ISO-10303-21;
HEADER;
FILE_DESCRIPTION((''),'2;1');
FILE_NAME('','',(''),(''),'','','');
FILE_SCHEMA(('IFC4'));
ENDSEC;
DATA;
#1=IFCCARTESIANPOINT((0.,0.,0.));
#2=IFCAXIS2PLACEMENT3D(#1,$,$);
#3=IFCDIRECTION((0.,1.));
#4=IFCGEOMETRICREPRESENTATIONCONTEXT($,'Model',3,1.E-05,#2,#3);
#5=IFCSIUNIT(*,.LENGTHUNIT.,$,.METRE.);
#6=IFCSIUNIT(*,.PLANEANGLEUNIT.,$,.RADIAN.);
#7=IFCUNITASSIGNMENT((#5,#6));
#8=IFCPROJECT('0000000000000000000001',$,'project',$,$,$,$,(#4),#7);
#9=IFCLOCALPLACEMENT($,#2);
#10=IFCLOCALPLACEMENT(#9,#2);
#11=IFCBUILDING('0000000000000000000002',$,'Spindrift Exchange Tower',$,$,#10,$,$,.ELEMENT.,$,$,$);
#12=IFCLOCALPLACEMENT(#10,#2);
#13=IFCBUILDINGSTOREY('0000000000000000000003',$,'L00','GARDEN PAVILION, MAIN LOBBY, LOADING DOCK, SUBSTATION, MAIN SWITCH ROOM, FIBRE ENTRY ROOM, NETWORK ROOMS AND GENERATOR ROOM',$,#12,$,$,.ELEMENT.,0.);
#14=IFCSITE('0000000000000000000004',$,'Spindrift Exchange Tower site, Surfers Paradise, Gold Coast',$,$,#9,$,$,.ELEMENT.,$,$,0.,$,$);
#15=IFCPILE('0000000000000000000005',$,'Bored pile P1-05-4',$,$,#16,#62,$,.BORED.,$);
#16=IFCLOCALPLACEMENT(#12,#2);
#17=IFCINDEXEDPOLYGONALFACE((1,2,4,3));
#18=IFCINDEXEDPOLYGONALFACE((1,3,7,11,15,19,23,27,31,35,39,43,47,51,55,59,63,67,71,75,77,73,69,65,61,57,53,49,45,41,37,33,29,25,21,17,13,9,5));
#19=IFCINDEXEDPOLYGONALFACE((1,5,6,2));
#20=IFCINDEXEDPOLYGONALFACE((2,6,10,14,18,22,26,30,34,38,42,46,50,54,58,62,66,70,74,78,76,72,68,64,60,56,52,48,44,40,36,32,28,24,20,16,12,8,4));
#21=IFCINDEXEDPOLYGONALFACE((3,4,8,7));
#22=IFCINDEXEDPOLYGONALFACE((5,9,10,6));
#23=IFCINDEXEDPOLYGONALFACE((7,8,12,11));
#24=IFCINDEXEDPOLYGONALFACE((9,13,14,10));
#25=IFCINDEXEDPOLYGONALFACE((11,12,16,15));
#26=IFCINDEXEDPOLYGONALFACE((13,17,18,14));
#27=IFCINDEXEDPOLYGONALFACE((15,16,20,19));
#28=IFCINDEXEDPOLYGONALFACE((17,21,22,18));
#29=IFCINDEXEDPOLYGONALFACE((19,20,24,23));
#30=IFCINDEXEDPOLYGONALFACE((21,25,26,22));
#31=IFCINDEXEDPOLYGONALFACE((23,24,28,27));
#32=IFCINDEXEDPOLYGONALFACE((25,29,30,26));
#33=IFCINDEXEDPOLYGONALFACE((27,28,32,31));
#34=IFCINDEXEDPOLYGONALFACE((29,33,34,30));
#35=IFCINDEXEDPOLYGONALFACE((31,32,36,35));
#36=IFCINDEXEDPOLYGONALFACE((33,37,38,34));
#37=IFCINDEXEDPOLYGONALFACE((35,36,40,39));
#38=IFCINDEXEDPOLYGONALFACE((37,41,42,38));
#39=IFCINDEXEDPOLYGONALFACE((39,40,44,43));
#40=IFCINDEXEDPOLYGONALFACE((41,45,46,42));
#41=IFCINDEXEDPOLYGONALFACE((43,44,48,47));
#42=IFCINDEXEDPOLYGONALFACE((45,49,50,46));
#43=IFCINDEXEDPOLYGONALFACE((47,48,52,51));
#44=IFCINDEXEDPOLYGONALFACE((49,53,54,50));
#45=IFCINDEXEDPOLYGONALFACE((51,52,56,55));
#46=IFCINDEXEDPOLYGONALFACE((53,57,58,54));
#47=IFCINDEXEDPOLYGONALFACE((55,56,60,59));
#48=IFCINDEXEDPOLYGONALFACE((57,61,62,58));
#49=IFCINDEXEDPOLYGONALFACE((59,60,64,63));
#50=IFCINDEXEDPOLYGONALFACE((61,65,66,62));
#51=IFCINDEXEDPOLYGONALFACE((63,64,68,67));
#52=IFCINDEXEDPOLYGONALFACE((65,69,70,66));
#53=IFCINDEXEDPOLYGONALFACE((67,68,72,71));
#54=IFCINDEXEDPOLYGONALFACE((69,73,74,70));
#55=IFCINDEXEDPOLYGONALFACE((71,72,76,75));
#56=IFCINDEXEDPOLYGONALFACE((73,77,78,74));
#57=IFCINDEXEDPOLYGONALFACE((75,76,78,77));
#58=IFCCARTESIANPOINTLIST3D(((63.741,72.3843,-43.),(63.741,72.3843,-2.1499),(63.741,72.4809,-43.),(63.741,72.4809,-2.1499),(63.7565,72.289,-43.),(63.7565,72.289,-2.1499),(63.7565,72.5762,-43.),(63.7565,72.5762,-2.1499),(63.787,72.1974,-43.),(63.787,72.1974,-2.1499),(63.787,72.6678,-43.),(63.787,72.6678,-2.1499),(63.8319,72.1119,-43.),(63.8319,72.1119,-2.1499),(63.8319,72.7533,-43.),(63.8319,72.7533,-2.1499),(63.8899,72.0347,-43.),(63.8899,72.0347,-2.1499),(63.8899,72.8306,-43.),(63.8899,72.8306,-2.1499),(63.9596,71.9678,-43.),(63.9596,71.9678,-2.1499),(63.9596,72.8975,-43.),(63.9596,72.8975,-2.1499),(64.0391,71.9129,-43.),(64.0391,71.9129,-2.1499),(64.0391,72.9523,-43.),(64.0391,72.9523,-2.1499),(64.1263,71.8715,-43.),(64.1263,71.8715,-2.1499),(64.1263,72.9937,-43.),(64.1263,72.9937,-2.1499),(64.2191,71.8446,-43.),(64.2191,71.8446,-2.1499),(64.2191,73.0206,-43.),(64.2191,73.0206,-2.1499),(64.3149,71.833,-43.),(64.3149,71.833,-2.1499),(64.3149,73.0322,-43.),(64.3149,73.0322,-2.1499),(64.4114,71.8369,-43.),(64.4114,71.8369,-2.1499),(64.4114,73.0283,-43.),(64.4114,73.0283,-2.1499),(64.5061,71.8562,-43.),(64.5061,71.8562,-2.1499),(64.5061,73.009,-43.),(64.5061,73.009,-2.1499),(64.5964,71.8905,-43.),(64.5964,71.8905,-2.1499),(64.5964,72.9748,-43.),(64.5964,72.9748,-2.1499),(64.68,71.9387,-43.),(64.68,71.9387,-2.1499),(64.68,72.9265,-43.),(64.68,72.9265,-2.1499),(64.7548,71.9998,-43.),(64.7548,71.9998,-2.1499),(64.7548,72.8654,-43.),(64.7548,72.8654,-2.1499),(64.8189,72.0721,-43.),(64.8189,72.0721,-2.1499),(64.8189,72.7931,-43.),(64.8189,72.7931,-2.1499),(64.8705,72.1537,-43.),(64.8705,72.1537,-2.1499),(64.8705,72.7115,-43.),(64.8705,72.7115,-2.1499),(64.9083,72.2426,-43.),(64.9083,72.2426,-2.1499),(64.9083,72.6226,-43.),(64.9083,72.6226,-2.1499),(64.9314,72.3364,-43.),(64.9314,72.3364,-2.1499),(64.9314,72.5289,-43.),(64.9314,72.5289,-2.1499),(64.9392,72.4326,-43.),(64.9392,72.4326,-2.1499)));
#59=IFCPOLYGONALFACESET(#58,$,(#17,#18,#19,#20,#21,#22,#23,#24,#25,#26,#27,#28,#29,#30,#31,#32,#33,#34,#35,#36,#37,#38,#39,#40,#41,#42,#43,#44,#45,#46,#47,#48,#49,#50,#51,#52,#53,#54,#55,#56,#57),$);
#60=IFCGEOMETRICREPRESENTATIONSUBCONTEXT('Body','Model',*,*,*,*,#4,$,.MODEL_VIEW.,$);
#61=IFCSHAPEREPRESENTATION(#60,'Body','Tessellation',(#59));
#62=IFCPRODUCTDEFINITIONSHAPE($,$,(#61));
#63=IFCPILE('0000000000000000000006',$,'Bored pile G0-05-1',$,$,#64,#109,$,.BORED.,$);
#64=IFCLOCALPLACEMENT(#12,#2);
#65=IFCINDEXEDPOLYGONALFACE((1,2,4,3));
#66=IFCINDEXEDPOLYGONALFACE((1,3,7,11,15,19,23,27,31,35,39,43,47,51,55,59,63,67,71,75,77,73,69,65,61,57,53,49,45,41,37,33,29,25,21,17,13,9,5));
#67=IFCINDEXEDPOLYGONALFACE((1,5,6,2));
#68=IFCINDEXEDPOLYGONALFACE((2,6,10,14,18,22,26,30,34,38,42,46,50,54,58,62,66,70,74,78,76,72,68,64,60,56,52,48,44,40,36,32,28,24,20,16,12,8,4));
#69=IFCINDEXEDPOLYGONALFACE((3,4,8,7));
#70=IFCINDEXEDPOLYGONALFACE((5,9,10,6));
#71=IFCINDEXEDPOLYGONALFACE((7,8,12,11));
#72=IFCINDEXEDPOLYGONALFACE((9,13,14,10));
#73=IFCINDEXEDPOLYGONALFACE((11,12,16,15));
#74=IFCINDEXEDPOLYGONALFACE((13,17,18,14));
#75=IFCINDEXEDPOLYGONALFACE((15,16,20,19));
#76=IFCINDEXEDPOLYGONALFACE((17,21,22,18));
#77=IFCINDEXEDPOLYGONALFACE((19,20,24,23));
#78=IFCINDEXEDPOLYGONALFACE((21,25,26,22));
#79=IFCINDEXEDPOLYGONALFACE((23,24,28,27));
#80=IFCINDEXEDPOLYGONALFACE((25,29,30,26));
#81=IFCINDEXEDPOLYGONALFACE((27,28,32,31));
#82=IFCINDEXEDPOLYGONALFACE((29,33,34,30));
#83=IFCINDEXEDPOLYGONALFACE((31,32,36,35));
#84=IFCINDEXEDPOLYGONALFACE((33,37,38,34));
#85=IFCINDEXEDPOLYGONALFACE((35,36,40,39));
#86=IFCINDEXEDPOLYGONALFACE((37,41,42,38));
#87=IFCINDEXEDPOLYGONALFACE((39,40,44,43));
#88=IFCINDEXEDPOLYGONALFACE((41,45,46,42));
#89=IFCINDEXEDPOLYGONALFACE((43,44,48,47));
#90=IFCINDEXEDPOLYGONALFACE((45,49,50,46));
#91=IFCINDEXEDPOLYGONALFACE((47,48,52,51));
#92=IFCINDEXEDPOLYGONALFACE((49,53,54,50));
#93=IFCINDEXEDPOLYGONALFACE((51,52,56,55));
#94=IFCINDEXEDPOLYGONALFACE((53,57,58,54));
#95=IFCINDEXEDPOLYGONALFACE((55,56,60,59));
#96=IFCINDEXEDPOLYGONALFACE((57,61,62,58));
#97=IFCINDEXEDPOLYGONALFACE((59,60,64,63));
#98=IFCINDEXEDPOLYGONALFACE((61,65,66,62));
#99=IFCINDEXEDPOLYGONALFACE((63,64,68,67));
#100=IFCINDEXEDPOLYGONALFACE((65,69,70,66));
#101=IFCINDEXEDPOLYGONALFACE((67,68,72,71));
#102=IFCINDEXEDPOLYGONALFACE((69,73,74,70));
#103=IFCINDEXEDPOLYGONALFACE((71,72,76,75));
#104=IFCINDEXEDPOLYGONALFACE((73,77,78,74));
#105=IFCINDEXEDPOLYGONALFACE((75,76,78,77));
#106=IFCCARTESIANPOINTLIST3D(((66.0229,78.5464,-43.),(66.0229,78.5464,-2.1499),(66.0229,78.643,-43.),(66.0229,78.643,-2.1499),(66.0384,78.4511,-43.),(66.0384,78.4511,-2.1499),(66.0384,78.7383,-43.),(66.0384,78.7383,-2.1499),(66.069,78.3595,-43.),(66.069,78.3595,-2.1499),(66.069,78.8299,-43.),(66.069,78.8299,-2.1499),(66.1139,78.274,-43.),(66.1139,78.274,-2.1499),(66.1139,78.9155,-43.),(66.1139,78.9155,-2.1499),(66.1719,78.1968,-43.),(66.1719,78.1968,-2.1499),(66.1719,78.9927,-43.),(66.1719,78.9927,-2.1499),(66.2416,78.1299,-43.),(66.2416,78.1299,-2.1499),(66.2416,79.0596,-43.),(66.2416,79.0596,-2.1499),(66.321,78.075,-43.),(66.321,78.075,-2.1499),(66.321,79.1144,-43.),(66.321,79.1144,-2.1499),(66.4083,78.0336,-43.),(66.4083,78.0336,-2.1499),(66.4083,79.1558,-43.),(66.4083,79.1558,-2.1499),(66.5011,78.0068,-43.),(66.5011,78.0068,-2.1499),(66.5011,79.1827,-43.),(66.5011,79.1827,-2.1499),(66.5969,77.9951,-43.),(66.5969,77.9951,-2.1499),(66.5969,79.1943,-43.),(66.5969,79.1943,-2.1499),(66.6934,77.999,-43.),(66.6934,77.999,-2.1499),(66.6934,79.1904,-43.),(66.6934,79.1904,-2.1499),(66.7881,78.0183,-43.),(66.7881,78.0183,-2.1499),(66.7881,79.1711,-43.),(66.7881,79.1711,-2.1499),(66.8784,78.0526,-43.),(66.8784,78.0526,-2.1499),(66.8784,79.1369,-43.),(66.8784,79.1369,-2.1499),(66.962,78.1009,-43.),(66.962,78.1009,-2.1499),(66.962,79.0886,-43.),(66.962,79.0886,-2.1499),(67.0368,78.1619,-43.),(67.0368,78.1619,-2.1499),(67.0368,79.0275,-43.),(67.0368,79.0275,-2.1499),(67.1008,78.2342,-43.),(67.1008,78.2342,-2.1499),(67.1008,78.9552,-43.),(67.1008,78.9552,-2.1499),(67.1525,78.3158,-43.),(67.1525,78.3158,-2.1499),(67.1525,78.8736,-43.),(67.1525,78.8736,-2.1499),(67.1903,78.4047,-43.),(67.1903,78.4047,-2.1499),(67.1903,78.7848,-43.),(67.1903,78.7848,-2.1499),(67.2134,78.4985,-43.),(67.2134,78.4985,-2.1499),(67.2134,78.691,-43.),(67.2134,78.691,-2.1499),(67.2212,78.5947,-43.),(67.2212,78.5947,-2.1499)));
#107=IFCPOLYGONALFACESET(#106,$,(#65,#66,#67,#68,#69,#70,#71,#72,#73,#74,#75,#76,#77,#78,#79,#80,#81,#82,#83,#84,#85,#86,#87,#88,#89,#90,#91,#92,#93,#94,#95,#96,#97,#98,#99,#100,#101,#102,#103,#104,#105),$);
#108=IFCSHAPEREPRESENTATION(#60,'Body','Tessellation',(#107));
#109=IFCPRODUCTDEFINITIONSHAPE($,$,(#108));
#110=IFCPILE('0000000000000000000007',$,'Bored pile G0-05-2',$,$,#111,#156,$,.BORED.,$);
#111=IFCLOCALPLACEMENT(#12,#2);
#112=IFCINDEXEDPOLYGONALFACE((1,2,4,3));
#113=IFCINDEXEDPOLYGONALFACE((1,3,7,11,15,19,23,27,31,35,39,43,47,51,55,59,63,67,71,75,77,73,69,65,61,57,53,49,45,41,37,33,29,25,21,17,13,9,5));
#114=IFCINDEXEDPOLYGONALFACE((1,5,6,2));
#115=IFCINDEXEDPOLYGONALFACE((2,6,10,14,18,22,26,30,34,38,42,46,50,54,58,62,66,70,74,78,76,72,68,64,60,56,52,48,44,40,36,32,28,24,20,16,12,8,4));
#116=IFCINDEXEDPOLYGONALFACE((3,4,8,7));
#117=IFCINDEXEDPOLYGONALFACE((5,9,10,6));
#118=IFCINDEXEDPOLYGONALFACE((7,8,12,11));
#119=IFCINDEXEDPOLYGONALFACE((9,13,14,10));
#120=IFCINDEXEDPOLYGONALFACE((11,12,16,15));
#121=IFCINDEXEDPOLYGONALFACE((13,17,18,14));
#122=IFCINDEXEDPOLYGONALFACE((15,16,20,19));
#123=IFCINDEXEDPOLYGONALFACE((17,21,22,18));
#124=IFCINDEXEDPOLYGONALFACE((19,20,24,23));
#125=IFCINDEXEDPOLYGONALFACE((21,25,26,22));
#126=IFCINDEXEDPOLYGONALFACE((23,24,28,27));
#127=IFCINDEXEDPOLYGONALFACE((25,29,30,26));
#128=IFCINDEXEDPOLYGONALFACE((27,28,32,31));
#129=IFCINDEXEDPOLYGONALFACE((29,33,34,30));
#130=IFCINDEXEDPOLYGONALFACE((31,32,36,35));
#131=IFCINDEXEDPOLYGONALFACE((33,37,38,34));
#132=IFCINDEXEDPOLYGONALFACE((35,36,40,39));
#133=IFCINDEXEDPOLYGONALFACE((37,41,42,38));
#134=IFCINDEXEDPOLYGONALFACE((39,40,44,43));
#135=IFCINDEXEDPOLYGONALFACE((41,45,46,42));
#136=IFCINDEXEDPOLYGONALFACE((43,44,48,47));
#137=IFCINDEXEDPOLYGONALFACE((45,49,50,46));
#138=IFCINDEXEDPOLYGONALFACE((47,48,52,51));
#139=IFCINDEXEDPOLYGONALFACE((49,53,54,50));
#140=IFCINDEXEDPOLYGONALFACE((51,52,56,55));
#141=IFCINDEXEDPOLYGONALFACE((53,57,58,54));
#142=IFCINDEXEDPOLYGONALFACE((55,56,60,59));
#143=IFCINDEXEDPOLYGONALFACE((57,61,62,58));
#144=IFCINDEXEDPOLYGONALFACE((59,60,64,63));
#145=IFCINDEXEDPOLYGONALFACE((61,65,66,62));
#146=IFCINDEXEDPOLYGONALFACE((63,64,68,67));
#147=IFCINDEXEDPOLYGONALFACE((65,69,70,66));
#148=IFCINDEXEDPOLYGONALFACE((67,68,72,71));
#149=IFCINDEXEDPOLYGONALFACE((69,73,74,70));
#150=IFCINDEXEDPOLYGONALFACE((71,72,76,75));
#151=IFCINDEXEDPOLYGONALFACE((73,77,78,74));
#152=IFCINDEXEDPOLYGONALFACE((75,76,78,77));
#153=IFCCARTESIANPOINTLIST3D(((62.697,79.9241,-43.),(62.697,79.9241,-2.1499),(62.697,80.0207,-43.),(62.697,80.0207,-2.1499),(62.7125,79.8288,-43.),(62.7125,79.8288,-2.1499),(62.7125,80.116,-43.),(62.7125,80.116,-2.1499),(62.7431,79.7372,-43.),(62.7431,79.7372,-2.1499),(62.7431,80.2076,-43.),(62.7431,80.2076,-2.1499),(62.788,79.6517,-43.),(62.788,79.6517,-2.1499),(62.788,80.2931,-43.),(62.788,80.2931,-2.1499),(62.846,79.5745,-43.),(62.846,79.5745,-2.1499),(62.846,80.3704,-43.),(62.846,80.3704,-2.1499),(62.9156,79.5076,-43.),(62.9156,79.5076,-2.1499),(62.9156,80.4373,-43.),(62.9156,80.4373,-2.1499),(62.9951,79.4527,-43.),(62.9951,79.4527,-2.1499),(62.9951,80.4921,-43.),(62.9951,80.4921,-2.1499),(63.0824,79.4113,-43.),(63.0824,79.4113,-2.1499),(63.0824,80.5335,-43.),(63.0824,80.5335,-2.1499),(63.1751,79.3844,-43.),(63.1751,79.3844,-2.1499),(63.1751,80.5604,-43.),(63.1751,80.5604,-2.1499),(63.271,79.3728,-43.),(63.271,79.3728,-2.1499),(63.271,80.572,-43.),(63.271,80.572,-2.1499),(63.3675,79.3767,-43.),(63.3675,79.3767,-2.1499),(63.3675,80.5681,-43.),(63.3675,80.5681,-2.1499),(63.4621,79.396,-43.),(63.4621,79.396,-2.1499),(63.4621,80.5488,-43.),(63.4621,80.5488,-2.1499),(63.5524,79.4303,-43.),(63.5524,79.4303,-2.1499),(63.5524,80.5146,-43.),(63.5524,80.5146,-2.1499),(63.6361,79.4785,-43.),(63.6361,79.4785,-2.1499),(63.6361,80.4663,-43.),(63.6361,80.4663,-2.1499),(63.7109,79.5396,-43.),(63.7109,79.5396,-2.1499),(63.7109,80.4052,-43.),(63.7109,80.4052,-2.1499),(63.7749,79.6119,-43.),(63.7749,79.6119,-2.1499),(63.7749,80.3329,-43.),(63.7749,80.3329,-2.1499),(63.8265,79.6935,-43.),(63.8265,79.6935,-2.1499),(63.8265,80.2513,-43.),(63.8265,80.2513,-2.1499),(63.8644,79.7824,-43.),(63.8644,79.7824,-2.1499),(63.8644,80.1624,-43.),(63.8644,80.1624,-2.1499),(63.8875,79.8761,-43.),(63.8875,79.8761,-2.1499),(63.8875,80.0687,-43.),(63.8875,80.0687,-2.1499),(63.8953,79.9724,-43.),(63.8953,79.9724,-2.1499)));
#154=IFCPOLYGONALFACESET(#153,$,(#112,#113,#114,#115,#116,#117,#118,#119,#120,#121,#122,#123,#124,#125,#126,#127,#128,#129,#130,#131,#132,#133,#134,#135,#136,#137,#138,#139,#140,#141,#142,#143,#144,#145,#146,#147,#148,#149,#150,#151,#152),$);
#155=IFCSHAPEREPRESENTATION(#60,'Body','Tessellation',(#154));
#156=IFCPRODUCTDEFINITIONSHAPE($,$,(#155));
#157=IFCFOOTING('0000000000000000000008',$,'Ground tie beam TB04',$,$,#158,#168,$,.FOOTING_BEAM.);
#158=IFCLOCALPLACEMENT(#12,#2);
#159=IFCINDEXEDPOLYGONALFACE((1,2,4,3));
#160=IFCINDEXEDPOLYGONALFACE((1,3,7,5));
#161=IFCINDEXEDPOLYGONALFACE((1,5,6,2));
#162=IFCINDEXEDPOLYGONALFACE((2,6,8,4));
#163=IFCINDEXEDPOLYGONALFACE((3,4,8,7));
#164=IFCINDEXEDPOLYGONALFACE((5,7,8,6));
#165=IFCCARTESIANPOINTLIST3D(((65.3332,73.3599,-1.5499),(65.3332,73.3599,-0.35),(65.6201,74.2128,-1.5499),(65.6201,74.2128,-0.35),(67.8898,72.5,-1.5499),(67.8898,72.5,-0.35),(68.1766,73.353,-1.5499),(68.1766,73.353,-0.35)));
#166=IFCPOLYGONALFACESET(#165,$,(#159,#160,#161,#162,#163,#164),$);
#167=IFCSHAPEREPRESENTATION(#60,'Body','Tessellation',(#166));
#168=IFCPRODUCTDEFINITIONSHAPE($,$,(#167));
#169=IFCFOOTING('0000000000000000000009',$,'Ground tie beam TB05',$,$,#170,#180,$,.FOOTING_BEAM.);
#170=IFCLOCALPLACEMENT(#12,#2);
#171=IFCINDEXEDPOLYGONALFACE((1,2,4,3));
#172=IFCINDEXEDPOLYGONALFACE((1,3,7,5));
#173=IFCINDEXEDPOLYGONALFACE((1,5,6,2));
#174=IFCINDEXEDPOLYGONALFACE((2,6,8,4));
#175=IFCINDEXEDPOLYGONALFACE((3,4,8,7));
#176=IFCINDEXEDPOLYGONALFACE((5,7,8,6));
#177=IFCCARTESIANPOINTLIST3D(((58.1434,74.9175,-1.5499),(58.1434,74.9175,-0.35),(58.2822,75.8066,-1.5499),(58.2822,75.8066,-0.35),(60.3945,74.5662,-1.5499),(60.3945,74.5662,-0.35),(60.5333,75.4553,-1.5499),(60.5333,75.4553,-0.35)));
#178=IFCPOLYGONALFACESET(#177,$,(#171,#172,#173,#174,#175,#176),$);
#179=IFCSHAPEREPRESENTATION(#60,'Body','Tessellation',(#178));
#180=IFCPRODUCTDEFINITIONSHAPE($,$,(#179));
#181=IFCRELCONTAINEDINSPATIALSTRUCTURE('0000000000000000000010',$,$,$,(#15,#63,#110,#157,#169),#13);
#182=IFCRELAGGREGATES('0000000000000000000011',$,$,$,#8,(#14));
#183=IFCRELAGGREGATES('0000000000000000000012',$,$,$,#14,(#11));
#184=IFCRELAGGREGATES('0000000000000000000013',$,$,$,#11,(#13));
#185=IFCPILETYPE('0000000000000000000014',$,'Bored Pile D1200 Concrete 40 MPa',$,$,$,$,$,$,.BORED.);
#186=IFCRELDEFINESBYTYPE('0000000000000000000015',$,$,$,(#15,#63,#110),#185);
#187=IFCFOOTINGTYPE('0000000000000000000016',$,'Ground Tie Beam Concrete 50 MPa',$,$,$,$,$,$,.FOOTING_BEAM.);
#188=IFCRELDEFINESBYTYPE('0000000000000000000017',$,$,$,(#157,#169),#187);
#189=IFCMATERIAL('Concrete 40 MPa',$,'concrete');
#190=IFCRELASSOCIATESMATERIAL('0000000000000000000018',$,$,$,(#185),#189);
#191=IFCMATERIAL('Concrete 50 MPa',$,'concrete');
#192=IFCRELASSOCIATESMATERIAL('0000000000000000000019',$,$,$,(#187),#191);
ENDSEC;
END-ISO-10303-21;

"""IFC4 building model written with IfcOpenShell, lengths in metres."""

from ifc_helpers import new_model, si_unit, direction, frame, origin, origin_2d, place, context, subcontext, project, spatial, rectangle, circle, extrude, source, transform, mapped, material, material_profile, profile_set, type_object, element, save


model = new_model("IFC4")

# Units and contexts
model_context = context("Model", 3, precision=1e-05, world=origin(), true_north=direction((0.0, 1.0)))
body_context = subcontext(model_context, "Body", "Model", "MODEL_VIEW")
ifc_project = project(units=[si_unit("LENGTHUNIT", "METRE"), si_unit("PLANEANGLEUNIT", "RADIAN")], contexts=[model_context])

# Site, building, storey
site_placement = place(None, origin())
site = spatial("IfcSite", under=ifc_project, at=site_placement, Name="Spindrift Exchange Tower site, Surfers Paradise, Gold Coast", CompositionType="ELEMENT", RefElevation=0.0)
building_placement = place(site_placement, origin())
building = spatial("IfcBuilding", under=site, at=building_placement, Name="Spindrift Exchange Tower", CompositionType="ELEMENT")
storey_placement = place(building_placement, origin())
storey = spatial("IfcBuildingStorey", under=building, at=storey_placement, Name="L00", Description="GARDEN PAVILION, MAIN LOBBY, LOADING DOCK, SUBSTATION, MAIN SWITCH ROOM, FIBRE ENTRY ROOM, NETWORK ROOMS AND GENERATOR ROOM", CompositionType="ELEMENT", Elevation=0.0)

# Piles
ifc_material_1 = material(Name="Concrete 40 MPa", Category="concrete")
ifc_material_profile_1 = material_profile(ifc_material_1, circle(Radius=0.6001, at=origin_2d()), Name="BP D1200")
ifc_profile_set_1 = profile_set([ifc_material_profile_1], Name="Concrete 40 MPa")
pile_type = type_object("IfcPileType", Name="Bored Pile D1200 Concrete 40 MPa", PredefinedType="BORED", material=ifc_profile_set_1)
shared_shape_1 = source(origin(), body_context, "Body", "SweptSolid", [
    extrude(circle(Radius=0.6001, at=origin_2d()), origin(), (0.0, 0.0, 1.0), 40.8501),
])
for number, where, z_axis, x_axis, name in (
    (1, (64.3391, 72.4326, -2.1499), (0.0, 0.0, -1.0), (1.0, 0.0, 0.0), "Bored pile P1-05-4"),
    (2, (66.6211, 78.5947, -2.1499), (0.0, 0.0, -1.0), (1.0, 0.0, 0.0), "Bored pile G0-05-1"),
    (3, (63.2952, 79.9724, -2.1499), (0.0, 0.0, -1.0), (1.0, 0.0, 0.0), "Bored pile G0-05-2"),
):
    element("IfcPile", number, at=place(storey_placement, frame(where, z_axis=z_axis, x_axis=x_axis)), inside=storey, type_object=pile_type, Name=name, PredefinedType="BORED", context=body_context, shape_type="MappedRepresentation", body=[
        mapped(shared_shape_1, transform((0.0, 0.0, 0.0), scale=1.0)),
    ])

# Footings
ifc_material_2 = material(Name="Concrete 50 MPa", Category="concrete")
ifc_material_profile_2 = material_profile(ifc_material_2, rectangle(XDim=0.8999, YDim=1.2, at=origin_2d()), Name="RC 900x1200")
ifc_profile_set_2 = profile_set([ifc_material_profile_2], Name="Concrete 50 MPa")
footing_type = type_object("IfcFootingType", Name="Ground Tie Beam Concrete 50 MPa", PredefinedType="FOOTING_BEAM", material=ifc_profile_set_2)
shared_shape_2 = source(origin(), body_context, "Body", "SweptSolid", [
    extrude(rectangle(XDim=0.8999, YDim=1.2, at=origin_2d()), origin(), (0.0, 0.0, 1.0), 2.6973),
])
footing_1_placement = place(storey_placement, frame((68.0332, 72.9265, -0.95), z_axis=(-0.947829, 0.318779, 0.0), x_axis=(-0.318779, -0.947829, 0.0)))
element("IfcFooting", 4, at=footing_1_placement, inside=storey, type_object=footing_type, Name="Ground tie beam TB04", PredefinedType="FOOTING_BEAM", context=body_context, shape_type="MappedRepresentation", body=[
    mapped(shared_shape_2, transform((0.0, 0.0, 0.0), scale=1.0)),
])
shared_shape_3 = source(origin(), body_context, "Body", "SweptSolid", [
    extrude(rectangle(XDim=0.8999, YDim=1.2, at=origin_2d()), origin(), (0.0, 0.0, 1.0), 2.2783),
])
footing_2_placement = place(storey_placement, frame((60.4639, 75.0107, -0.95), z_axis=(-0.988039, 0.154207, 0.0), x_axis=(-0.154207, -0.988039, 0.0)))
element("IfcFooting", 5, at=footing_2_placement, inside=storey, type_object=footing_type, Name="Ground tie beam TB05", PredefinedType="FOOTING_BEAM", context=body_context, shape_type="MappedRepresentation", body=[
    mapped(shared_shape_3, transform((0.0, 0.0, 0.0), scale=1.0)),
])

save(model, "model.ifc")
